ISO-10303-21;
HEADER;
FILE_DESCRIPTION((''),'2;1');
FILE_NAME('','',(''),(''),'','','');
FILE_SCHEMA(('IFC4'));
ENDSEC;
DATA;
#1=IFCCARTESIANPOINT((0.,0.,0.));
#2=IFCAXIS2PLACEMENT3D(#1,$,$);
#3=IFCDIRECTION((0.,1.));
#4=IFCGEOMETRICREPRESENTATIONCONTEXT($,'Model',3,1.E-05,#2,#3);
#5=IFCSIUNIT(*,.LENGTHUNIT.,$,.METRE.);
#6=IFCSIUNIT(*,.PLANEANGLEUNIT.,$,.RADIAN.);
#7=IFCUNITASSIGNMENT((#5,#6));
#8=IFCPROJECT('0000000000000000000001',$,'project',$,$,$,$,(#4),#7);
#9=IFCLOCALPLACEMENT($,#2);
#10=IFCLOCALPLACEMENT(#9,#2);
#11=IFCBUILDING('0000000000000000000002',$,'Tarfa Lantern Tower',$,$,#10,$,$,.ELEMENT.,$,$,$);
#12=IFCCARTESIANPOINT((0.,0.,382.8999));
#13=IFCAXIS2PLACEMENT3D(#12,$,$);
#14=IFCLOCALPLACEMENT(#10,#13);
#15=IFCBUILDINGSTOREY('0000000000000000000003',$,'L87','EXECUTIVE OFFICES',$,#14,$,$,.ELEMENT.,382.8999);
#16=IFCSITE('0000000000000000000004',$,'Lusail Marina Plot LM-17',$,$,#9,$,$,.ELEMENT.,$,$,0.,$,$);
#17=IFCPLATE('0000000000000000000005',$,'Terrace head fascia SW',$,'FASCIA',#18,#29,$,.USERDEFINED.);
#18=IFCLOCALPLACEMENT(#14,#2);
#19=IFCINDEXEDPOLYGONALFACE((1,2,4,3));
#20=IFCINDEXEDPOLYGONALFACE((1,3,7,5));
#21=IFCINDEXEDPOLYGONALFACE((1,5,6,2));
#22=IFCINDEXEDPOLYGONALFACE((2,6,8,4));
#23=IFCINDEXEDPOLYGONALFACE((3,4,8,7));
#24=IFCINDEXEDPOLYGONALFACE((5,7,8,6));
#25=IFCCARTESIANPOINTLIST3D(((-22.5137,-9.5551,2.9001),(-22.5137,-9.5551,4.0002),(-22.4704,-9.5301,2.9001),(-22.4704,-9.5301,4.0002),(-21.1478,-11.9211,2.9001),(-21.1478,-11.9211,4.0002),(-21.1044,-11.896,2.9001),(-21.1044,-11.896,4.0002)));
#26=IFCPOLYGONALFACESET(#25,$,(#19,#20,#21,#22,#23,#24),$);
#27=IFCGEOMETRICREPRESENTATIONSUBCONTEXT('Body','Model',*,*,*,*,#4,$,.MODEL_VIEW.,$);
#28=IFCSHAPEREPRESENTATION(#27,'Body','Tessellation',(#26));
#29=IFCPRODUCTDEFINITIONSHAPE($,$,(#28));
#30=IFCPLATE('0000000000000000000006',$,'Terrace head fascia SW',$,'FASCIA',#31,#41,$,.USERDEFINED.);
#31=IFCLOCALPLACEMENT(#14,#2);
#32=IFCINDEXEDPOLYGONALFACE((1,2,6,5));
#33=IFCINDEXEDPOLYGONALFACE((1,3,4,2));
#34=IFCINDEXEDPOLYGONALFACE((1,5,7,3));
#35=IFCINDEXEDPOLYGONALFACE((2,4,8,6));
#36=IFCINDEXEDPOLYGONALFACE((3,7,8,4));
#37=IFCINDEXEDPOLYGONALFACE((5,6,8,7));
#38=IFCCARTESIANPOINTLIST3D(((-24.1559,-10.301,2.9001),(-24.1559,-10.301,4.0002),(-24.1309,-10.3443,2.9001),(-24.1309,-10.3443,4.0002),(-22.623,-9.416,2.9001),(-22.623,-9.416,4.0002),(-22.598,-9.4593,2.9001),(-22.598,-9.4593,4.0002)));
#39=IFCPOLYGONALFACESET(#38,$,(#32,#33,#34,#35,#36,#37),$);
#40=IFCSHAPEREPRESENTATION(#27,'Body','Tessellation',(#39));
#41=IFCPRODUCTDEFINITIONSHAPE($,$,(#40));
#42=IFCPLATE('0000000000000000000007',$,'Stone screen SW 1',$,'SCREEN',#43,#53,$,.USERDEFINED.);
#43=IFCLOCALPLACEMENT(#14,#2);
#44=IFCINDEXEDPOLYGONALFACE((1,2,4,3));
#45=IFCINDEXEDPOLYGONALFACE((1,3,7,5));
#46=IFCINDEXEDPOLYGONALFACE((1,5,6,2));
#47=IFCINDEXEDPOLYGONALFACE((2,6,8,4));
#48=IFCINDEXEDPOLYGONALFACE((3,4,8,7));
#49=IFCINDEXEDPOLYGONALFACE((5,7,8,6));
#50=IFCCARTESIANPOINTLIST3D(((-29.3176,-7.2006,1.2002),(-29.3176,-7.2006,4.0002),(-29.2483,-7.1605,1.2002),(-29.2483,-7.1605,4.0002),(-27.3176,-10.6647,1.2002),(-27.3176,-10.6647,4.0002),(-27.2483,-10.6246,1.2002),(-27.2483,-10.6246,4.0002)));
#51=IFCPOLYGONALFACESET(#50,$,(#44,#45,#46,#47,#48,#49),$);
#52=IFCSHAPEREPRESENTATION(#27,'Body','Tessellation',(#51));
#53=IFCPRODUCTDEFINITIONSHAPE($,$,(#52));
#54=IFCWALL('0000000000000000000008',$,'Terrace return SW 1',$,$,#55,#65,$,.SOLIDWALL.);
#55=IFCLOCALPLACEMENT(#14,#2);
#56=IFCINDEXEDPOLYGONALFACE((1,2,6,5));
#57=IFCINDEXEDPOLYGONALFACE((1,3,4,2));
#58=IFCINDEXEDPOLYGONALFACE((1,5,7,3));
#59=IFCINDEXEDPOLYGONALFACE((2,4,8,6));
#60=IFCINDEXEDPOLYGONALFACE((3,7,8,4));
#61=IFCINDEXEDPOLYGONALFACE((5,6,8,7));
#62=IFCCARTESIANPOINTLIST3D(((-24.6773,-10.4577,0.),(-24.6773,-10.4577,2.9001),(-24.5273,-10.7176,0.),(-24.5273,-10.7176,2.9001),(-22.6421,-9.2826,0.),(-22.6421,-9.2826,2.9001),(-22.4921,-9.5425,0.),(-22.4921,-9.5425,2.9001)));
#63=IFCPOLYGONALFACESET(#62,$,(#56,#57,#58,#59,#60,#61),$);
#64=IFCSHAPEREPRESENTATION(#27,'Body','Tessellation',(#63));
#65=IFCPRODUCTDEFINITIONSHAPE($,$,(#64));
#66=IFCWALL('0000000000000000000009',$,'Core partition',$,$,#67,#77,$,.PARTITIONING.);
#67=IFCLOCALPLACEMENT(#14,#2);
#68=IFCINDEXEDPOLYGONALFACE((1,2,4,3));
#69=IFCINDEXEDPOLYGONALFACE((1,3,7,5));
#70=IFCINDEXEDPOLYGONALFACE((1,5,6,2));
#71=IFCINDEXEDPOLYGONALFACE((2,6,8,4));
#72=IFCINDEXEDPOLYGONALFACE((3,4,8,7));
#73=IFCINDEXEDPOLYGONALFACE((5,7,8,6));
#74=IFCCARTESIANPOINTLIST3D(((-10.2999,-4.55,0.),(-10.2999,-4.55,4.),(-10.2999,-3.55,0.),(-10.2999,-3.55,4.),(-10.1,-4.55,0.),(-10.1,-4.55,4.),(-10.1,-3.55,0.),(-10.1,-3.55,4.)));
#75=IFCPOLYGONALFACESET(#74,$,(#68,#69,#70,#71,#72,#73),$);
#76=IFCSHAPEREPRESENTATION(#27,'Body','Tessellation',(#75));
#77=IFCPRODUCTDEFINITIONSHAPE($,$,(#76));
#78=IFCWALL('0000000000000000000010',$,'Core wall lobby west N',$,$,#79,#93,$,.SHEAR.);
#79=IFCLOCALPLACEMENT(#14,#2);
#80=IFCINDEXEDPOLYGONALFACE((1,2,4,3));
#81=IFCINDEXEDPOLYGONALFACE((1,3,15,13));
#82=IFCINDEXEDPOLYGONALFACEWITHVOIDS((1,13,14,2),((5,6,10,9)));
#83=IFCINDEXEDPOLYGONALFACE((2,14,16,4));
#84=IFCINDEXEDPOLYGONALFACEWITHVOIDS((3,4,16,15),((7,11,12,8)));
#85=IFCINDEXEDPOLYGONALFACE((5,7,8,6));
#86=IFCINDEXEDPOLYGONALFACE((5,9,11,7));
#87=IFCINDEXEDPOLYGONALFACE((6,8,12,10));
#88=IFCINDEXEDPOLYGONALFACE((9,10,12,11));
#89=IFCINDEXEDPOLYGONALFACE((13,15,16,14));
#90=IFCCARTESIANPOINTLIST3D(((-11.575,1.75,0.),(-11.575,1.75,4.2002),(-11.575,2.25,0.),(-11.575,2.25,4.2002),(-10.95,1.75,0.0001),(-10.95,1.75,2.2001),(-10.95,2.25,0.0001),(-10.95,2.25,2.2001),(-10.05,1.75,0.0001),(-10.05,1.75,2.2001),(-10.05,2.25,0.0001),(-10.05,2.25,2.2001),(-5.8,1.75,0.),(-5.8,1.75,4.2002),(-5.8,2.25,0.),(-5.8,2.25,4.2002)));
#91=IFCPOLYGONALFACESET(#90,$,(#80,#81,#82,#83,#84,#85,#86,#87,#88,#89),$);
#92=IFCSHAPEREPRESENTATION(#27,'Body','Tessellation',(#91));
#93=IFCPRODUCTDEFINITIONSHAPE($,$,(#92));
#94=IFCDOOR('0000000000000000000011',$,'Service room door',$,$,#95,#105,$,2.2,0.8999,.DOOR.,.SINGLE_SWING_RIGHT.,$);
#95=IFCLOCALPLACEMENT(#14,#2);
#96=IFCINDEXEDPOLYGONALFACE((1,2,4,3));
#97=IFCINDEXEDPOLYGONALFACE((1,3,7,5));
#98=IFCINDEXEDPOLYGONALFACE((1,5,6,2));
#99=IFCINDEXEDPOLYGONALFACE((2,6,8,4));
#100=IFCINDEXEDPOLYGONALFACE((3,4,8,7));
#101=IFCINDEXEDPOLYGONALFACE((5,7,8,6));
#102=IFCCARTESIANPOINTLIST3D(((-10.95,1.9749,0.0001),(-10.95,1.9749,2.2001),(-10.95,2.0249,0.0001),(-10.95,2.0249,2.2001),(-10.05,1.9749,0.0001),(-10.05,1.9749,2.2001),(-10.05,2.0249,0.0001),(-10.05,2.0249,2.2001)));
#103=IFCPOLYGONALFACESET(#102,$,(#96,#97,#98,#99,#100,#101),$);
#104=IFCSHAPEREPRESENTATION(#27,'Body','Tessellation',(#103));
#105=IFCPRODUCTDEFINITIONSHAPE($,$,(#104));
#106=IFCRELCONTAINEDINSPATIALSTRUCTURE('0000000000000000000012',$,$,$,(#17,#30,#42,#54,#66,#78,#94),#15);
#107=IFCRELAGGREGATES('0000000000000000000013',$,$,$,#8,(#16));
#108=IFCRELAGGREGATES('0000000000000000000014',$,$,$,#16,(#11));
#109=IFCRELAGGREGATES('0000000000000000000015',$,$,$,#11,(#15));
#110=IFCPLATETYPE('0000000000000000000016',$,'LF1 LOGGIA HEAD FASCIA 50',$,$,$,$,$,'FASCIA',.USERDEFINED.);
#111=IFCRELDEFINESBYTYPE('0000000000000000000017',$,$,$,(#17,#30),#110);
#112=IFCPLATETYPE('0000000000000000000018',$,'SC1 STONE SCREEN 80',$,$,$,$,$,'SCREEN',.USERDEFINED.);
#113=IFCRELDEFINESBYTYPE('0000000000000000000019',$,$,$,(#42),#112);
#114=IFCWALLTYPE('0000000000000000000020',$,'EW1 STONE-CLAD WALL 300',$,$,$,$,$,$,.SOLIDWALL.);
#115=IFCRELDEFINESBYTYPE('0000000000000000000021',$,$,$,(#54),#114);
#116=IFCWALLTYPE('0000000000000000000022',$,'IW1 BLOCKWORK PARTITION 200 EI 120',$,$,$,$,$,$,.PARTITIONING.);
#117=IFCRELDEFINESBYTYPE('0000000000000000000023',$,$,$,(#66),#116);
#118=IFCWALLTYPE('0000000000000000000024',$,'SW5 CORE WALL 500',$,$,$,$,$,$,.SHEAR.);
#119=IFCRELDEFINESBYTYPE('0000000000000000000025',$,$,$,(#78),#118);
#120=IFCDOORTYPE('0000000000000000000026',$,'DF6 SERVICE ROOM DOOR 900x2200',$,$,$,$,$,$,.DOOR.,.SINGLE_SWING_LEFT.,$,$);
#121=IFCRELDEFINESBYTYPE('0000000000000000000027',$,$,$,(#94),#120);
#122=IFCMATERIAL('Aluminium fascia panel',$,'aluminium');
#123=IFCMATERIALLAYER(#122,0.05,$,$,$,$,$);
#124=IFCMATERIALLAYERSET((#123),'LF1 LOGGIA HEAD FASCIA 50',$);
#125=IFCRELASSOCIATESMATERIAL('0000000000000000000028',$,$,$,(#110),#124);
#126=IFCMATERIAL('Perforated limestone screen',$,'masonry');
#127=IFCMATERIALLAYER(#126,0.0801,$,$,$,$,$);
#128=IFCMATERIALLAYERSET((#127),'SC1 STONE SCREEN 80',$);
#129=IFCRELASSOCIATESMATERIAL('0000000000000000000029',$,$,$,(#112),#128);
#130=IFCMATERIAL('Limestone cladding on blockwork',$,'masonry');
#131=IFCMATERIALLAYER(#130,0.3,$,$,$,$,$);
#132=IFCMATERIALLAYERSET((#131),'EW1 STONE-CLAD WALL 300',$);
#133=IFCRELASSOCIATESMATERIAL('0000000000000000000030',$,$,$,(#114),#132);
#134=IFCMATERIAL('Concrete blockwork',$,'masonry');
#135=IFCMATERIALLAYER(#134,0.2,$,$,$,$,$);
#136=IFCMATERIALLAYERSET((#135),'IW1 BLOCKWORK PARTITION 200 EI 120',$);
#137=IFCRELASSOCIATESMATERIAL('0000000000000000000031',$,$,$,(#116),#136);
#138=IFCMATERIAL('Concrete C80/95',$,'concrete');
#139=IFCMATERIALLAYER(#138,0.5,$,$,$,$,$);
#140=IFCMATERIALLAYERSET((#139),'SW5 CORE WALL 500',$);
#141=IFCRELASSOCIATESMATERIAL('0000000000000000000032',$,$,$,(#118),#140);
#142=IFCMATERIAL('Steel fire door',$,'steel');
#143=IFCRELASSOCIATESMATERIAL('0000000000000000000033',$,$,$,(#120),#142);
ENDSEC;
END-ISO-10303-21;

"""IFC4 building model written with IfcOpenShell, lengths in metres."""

from ifc_helpers import new_model, si_unit, direction, frame, frame_2d, origin, origin_2d, place, context, subcontext, project, spatial, rectangle, extrude, material, layer, layer_set, type_object, element, fill, save


model = new_model("IFC4")

# Units and contexts
model_context = context("Model", 3, precision=1e-05, world=origin(), true_north=direction((0.0, 1.0)))
body_context = subcontext(model_context, "Body", "Model", "MODEL_VIEW")
ifc_project = project(units=[si_unit("LENGTHUNIT", "METRE"), si_unit("PLANEANGLEUNIT", "RADIAN")], contexts=[model_context])

# Site, building, storey
site_placement = place(None, origin())
site = spatial("IfcSite", under=ifc_project, at=site_placement, Name="Lusail Marina Plot LM-17", CompositionType="ELEMENT", RefElevation=0.0)
building_placement = place(site_placement, origin())
building = spatial("IfcBuilding", under=site, at=building_placement, Name="Tarfa Lantern Tower", CompositionType="ELEMENT")
storey_placement = place(building_placement, frame((0.0, 0.0, 382.8999)))
storey = spatial("IfcBuildingStorey", under=building, at=storey_placement, Name="L87", Description="EXECUTIVE OFFICES", CompositionType="ELEMENT", Elevation=382.8999)

# Shared definitions
ifc_material_1 = material(Name="Concrete C80/95", Category="concrete")

# Plates
ifc_material_2 = material(Name="Aluminium fascia panel", Category="aluminium")
ifc_layer_1 = layer(ifc_material_2, 0.05)
ifc_layer_set_1 = layer_set([ifc_layer_1], Name="LF1 LOGGIA HEAD FASCIA 50")
plate_type_1 = type_object("IfcPlateType", Name="LF1 LOGGIA HEAD FASCIA 50", ElementType="FASCIA", PredefinedType="USERDEFINED", material=ifc_layer_set_1)
plate_1_placement = place(storey_placement, frame((-21.8091, -10.7256, 2.9001), z_axis=(0.0, 0.0, 1.0), x_axis=(0.5, -0.866025, 0.0)))
element("IfcPlate", 1, at=plate_1_placement, inside=storey, type_object=plate_type_1, Name="Terrace head fascia SW", ObjectType="FASCIA", PredefinedType="USERDEFINED", context=body_context, shape_type="SweptSolid", body=[
    extrude(rectangle(XDim=2.7319, YDim=0.05, at=origin_2d()), origin(), (0.0, 0.0, 1.0), 1.1001),
])
plate_2_placement = place(storey_placement, frame((-23.377, -9.8801, 2.9001), z_axis=(0.0, 0.0, 1.0), x_axis=(0.866025, 0.5, 0.0)))
element("IfcPlate", 2, at=plate_2_placement, inside=storey, type_object=plate_type_1, Name="Terrace head fascia SW", ObjectType="FASCIA", PredefinedType="USERDEFINED", context=body_context, shape_type="SweptSolid", body=[
    extrude(rectangle(XDim=1.77, YDim=0.05, at=origin_2d()), origin(), (0.0, 0.0, 1.0), 1.1001),
])
ifc_material_3 = material(Name="Perforated limestone screen", Category="masonry")
ifc_layer_2 = layer(ifc_material_3, 0.0801)
ifc_layer_set_2 = layer_set([ifc_layer_2], Name="SC1 STONE SCREEN 80")
plate_type_2 = type_object("IfcPlateType", Name="SC1 STONE SCREEN 80", ElementType="SCREEN", PredefinedType="USERDEFINED", material=ifc_layer_set_2)
plate_3_placement = place(storey_placement, frame((-28.283, -8.9126, 1.2002), z_axis=(0.0, 0.0, 1.0), x_axis=(0.5, -0.866025, 0.0)))
element("IfcPlate", 3, at=plate_3_placement, inside=storey, type_object=plate_type_2, Name="Stone screen SW 1", ObjectType="SCREEN", PredefinedType="USERDEFINED", context=body_context, shape_type="SweptSolid", body=[
    extrude(rectangle(XDim=4.0, YDim=0.0801, at=origin_2d()), origin(), (0.0, 0.0, 1.0), 2.8),
])

# Shared definitions
ifc_material_4 = material(Name="Limestone cladding on blockwork", Category="masonry")
ifc_layer_3 = layer(ifc_material_4, 0.3)
ifc_layer_set_3 = layer_set([ifc_layer_3], Name="EW1 STONE-CLAD WALL 300")
wall_type_1 = type_object("IfcWallType", Name="EW1 STONE-CLAD WALL 300", PredefinedType="SOLIDWALL", material=ifc_layer_set_3)

# Wall
wall_1_placement = place(storey_placement, frame((-24.6023, -10.5876, 0.0), z_axis=(0.0, 0.0, 1.0), x_axis=(0.866016, 0.500016, 0.0)))
element("IfcWall", 4, at=wall_1_placement, inside=storey, type_object=wall_type_1, Name="Terrace return SW 1", PredefinedType="SOLIDWALL", context=body_context, shape_type="SweptSolid", body=[
    extrude(rectangle(XDim=2.3501, YDim=0.3, at=frame_2d((1.175, 0.0))), origin(), (0.0, 0.0, 1.0), 2.9001),
])

# Wall
ifc_material_5 = material(Name="Concrete blockwork", Category="masonry")
ifc_layer_4 = layer(ifc_material_5, 0.2)
ifc_layer_set_4 = layer_set([ifc_layer_4], Name="IW1 BLOCKWORK PARTITION 200 EI 120")
wall_type_2 = type_object("IfcWallType", Name="IW1 BLOCKWORK PARTITION 200 EI 120", PredefinedType="PARTITIONING", material=ifc_layer_set_4)
wall_2_placement = place(storey_placement, frame((-10.2, -3.55, 0.0), z_axis=(0.0, 0.0, 1.0), x_axis=(0.0, -1.0, 0.0)))
element("IfcWall", 5, at=wall_2_placement, inside=storey, type_object=wall_type_2, Name="Core partition", PredefinedType="PARTITIONING", context=body_context, shape_type="SweptSolid", body=[
    extrude(rectangle(XDim=1.0, YDim=0.2, at=frame_2d((0.5, 0.0))), origin(), (0.0, 0.0, 1.0), 4.0),
])

# Wall, opening, door
ifc_layer_5 = layer(ifc_material_1, 0.5)
ifc_layer_set_5 = layer_set([ifc_layer_5], Name="SW5 CORE WALL 500")
wall_type_3 = type_object("IfcWallType", Name="SW5 CORE WALL 500", PredefinedType="SHEAR", material=ifc_layer_set_5)
wall_3_placement = place(storey_placement, frame((-11.575, 2.0, 0.0), z_axis=(0.0, 0.0, 1.0), x_axis=(1.0, 0.0, 0.0)))
wall_3 = element("IfcWall", 6, at=wall_3_placement, inside=storey, type_object=wall_type_3, Name="Core wall lobby west N", PredefinedType="SHEAR", context=body_context, shape_type="SweptSolid", body=[
    extrude(rectangle(XDim=5.7749, YDim=0.5, at=frame_2d((2.8875, 0.0))), origin(), (0.0, 0.0, 1.0), 4.2002),
])
opening_1_placement = place(wall_3_placement, frame((0.625, 0.0, 0.0)))
opening_1 = element("IfcOpeningElement", 7, at=opening_1_placement, cuts=wall_3, PredefinedType="OPENING", context=body_context, shape_type="SweptSolid", body=[
    extrude(rectangle(XDim=0.8999, YDim=2.2, at=frame_2d((0.45, 1.1001))), frame((0.0, 0.26, 0.0), z_axis=(0.0, -1.0, 0.0), x_axis=(1.0, 0.0, 0.0)), (0.0, 0.0, 1.0), 0.52),
])
ifc_material_6 = material(Name="Steel fire door", Category="steel")
door_type_1 = type_object("IfcDoorType", Name="DF6 SERVICE ROOM DOOR 900x2200", OperationType="SINGLE_SWING_LEFT", PredefinedType="DOOR", material=ifc_material_6)
door_1_placement = place(opening_1_placement, origin())
door_1 = element("IfcDoor", 8, at=door_1_placement, inside=storey, type_object=door_type_1, Name="Service room door", OperationType="SINGLE_SWING_RIGHT", OverallHeight=2.2, OverallWidth=0.8999, PredefinedType="DOOR", context=body_context, shape_type="SweptSolid", body=[
    extrude(rectangle(XDim=0.8999, YDim=2.2, at=frame_2d((0.45, 1.1001))), frame((0.0, 0.0249, 0.0), z_axis=(0.0, -1.0, 0.0), x_axis=(1.0, 0.0, 0.0)), (0.0, 0.0, 1.0), 0.05),
])
fill(opening_1, door_1)

save(model, "model.ifc")
